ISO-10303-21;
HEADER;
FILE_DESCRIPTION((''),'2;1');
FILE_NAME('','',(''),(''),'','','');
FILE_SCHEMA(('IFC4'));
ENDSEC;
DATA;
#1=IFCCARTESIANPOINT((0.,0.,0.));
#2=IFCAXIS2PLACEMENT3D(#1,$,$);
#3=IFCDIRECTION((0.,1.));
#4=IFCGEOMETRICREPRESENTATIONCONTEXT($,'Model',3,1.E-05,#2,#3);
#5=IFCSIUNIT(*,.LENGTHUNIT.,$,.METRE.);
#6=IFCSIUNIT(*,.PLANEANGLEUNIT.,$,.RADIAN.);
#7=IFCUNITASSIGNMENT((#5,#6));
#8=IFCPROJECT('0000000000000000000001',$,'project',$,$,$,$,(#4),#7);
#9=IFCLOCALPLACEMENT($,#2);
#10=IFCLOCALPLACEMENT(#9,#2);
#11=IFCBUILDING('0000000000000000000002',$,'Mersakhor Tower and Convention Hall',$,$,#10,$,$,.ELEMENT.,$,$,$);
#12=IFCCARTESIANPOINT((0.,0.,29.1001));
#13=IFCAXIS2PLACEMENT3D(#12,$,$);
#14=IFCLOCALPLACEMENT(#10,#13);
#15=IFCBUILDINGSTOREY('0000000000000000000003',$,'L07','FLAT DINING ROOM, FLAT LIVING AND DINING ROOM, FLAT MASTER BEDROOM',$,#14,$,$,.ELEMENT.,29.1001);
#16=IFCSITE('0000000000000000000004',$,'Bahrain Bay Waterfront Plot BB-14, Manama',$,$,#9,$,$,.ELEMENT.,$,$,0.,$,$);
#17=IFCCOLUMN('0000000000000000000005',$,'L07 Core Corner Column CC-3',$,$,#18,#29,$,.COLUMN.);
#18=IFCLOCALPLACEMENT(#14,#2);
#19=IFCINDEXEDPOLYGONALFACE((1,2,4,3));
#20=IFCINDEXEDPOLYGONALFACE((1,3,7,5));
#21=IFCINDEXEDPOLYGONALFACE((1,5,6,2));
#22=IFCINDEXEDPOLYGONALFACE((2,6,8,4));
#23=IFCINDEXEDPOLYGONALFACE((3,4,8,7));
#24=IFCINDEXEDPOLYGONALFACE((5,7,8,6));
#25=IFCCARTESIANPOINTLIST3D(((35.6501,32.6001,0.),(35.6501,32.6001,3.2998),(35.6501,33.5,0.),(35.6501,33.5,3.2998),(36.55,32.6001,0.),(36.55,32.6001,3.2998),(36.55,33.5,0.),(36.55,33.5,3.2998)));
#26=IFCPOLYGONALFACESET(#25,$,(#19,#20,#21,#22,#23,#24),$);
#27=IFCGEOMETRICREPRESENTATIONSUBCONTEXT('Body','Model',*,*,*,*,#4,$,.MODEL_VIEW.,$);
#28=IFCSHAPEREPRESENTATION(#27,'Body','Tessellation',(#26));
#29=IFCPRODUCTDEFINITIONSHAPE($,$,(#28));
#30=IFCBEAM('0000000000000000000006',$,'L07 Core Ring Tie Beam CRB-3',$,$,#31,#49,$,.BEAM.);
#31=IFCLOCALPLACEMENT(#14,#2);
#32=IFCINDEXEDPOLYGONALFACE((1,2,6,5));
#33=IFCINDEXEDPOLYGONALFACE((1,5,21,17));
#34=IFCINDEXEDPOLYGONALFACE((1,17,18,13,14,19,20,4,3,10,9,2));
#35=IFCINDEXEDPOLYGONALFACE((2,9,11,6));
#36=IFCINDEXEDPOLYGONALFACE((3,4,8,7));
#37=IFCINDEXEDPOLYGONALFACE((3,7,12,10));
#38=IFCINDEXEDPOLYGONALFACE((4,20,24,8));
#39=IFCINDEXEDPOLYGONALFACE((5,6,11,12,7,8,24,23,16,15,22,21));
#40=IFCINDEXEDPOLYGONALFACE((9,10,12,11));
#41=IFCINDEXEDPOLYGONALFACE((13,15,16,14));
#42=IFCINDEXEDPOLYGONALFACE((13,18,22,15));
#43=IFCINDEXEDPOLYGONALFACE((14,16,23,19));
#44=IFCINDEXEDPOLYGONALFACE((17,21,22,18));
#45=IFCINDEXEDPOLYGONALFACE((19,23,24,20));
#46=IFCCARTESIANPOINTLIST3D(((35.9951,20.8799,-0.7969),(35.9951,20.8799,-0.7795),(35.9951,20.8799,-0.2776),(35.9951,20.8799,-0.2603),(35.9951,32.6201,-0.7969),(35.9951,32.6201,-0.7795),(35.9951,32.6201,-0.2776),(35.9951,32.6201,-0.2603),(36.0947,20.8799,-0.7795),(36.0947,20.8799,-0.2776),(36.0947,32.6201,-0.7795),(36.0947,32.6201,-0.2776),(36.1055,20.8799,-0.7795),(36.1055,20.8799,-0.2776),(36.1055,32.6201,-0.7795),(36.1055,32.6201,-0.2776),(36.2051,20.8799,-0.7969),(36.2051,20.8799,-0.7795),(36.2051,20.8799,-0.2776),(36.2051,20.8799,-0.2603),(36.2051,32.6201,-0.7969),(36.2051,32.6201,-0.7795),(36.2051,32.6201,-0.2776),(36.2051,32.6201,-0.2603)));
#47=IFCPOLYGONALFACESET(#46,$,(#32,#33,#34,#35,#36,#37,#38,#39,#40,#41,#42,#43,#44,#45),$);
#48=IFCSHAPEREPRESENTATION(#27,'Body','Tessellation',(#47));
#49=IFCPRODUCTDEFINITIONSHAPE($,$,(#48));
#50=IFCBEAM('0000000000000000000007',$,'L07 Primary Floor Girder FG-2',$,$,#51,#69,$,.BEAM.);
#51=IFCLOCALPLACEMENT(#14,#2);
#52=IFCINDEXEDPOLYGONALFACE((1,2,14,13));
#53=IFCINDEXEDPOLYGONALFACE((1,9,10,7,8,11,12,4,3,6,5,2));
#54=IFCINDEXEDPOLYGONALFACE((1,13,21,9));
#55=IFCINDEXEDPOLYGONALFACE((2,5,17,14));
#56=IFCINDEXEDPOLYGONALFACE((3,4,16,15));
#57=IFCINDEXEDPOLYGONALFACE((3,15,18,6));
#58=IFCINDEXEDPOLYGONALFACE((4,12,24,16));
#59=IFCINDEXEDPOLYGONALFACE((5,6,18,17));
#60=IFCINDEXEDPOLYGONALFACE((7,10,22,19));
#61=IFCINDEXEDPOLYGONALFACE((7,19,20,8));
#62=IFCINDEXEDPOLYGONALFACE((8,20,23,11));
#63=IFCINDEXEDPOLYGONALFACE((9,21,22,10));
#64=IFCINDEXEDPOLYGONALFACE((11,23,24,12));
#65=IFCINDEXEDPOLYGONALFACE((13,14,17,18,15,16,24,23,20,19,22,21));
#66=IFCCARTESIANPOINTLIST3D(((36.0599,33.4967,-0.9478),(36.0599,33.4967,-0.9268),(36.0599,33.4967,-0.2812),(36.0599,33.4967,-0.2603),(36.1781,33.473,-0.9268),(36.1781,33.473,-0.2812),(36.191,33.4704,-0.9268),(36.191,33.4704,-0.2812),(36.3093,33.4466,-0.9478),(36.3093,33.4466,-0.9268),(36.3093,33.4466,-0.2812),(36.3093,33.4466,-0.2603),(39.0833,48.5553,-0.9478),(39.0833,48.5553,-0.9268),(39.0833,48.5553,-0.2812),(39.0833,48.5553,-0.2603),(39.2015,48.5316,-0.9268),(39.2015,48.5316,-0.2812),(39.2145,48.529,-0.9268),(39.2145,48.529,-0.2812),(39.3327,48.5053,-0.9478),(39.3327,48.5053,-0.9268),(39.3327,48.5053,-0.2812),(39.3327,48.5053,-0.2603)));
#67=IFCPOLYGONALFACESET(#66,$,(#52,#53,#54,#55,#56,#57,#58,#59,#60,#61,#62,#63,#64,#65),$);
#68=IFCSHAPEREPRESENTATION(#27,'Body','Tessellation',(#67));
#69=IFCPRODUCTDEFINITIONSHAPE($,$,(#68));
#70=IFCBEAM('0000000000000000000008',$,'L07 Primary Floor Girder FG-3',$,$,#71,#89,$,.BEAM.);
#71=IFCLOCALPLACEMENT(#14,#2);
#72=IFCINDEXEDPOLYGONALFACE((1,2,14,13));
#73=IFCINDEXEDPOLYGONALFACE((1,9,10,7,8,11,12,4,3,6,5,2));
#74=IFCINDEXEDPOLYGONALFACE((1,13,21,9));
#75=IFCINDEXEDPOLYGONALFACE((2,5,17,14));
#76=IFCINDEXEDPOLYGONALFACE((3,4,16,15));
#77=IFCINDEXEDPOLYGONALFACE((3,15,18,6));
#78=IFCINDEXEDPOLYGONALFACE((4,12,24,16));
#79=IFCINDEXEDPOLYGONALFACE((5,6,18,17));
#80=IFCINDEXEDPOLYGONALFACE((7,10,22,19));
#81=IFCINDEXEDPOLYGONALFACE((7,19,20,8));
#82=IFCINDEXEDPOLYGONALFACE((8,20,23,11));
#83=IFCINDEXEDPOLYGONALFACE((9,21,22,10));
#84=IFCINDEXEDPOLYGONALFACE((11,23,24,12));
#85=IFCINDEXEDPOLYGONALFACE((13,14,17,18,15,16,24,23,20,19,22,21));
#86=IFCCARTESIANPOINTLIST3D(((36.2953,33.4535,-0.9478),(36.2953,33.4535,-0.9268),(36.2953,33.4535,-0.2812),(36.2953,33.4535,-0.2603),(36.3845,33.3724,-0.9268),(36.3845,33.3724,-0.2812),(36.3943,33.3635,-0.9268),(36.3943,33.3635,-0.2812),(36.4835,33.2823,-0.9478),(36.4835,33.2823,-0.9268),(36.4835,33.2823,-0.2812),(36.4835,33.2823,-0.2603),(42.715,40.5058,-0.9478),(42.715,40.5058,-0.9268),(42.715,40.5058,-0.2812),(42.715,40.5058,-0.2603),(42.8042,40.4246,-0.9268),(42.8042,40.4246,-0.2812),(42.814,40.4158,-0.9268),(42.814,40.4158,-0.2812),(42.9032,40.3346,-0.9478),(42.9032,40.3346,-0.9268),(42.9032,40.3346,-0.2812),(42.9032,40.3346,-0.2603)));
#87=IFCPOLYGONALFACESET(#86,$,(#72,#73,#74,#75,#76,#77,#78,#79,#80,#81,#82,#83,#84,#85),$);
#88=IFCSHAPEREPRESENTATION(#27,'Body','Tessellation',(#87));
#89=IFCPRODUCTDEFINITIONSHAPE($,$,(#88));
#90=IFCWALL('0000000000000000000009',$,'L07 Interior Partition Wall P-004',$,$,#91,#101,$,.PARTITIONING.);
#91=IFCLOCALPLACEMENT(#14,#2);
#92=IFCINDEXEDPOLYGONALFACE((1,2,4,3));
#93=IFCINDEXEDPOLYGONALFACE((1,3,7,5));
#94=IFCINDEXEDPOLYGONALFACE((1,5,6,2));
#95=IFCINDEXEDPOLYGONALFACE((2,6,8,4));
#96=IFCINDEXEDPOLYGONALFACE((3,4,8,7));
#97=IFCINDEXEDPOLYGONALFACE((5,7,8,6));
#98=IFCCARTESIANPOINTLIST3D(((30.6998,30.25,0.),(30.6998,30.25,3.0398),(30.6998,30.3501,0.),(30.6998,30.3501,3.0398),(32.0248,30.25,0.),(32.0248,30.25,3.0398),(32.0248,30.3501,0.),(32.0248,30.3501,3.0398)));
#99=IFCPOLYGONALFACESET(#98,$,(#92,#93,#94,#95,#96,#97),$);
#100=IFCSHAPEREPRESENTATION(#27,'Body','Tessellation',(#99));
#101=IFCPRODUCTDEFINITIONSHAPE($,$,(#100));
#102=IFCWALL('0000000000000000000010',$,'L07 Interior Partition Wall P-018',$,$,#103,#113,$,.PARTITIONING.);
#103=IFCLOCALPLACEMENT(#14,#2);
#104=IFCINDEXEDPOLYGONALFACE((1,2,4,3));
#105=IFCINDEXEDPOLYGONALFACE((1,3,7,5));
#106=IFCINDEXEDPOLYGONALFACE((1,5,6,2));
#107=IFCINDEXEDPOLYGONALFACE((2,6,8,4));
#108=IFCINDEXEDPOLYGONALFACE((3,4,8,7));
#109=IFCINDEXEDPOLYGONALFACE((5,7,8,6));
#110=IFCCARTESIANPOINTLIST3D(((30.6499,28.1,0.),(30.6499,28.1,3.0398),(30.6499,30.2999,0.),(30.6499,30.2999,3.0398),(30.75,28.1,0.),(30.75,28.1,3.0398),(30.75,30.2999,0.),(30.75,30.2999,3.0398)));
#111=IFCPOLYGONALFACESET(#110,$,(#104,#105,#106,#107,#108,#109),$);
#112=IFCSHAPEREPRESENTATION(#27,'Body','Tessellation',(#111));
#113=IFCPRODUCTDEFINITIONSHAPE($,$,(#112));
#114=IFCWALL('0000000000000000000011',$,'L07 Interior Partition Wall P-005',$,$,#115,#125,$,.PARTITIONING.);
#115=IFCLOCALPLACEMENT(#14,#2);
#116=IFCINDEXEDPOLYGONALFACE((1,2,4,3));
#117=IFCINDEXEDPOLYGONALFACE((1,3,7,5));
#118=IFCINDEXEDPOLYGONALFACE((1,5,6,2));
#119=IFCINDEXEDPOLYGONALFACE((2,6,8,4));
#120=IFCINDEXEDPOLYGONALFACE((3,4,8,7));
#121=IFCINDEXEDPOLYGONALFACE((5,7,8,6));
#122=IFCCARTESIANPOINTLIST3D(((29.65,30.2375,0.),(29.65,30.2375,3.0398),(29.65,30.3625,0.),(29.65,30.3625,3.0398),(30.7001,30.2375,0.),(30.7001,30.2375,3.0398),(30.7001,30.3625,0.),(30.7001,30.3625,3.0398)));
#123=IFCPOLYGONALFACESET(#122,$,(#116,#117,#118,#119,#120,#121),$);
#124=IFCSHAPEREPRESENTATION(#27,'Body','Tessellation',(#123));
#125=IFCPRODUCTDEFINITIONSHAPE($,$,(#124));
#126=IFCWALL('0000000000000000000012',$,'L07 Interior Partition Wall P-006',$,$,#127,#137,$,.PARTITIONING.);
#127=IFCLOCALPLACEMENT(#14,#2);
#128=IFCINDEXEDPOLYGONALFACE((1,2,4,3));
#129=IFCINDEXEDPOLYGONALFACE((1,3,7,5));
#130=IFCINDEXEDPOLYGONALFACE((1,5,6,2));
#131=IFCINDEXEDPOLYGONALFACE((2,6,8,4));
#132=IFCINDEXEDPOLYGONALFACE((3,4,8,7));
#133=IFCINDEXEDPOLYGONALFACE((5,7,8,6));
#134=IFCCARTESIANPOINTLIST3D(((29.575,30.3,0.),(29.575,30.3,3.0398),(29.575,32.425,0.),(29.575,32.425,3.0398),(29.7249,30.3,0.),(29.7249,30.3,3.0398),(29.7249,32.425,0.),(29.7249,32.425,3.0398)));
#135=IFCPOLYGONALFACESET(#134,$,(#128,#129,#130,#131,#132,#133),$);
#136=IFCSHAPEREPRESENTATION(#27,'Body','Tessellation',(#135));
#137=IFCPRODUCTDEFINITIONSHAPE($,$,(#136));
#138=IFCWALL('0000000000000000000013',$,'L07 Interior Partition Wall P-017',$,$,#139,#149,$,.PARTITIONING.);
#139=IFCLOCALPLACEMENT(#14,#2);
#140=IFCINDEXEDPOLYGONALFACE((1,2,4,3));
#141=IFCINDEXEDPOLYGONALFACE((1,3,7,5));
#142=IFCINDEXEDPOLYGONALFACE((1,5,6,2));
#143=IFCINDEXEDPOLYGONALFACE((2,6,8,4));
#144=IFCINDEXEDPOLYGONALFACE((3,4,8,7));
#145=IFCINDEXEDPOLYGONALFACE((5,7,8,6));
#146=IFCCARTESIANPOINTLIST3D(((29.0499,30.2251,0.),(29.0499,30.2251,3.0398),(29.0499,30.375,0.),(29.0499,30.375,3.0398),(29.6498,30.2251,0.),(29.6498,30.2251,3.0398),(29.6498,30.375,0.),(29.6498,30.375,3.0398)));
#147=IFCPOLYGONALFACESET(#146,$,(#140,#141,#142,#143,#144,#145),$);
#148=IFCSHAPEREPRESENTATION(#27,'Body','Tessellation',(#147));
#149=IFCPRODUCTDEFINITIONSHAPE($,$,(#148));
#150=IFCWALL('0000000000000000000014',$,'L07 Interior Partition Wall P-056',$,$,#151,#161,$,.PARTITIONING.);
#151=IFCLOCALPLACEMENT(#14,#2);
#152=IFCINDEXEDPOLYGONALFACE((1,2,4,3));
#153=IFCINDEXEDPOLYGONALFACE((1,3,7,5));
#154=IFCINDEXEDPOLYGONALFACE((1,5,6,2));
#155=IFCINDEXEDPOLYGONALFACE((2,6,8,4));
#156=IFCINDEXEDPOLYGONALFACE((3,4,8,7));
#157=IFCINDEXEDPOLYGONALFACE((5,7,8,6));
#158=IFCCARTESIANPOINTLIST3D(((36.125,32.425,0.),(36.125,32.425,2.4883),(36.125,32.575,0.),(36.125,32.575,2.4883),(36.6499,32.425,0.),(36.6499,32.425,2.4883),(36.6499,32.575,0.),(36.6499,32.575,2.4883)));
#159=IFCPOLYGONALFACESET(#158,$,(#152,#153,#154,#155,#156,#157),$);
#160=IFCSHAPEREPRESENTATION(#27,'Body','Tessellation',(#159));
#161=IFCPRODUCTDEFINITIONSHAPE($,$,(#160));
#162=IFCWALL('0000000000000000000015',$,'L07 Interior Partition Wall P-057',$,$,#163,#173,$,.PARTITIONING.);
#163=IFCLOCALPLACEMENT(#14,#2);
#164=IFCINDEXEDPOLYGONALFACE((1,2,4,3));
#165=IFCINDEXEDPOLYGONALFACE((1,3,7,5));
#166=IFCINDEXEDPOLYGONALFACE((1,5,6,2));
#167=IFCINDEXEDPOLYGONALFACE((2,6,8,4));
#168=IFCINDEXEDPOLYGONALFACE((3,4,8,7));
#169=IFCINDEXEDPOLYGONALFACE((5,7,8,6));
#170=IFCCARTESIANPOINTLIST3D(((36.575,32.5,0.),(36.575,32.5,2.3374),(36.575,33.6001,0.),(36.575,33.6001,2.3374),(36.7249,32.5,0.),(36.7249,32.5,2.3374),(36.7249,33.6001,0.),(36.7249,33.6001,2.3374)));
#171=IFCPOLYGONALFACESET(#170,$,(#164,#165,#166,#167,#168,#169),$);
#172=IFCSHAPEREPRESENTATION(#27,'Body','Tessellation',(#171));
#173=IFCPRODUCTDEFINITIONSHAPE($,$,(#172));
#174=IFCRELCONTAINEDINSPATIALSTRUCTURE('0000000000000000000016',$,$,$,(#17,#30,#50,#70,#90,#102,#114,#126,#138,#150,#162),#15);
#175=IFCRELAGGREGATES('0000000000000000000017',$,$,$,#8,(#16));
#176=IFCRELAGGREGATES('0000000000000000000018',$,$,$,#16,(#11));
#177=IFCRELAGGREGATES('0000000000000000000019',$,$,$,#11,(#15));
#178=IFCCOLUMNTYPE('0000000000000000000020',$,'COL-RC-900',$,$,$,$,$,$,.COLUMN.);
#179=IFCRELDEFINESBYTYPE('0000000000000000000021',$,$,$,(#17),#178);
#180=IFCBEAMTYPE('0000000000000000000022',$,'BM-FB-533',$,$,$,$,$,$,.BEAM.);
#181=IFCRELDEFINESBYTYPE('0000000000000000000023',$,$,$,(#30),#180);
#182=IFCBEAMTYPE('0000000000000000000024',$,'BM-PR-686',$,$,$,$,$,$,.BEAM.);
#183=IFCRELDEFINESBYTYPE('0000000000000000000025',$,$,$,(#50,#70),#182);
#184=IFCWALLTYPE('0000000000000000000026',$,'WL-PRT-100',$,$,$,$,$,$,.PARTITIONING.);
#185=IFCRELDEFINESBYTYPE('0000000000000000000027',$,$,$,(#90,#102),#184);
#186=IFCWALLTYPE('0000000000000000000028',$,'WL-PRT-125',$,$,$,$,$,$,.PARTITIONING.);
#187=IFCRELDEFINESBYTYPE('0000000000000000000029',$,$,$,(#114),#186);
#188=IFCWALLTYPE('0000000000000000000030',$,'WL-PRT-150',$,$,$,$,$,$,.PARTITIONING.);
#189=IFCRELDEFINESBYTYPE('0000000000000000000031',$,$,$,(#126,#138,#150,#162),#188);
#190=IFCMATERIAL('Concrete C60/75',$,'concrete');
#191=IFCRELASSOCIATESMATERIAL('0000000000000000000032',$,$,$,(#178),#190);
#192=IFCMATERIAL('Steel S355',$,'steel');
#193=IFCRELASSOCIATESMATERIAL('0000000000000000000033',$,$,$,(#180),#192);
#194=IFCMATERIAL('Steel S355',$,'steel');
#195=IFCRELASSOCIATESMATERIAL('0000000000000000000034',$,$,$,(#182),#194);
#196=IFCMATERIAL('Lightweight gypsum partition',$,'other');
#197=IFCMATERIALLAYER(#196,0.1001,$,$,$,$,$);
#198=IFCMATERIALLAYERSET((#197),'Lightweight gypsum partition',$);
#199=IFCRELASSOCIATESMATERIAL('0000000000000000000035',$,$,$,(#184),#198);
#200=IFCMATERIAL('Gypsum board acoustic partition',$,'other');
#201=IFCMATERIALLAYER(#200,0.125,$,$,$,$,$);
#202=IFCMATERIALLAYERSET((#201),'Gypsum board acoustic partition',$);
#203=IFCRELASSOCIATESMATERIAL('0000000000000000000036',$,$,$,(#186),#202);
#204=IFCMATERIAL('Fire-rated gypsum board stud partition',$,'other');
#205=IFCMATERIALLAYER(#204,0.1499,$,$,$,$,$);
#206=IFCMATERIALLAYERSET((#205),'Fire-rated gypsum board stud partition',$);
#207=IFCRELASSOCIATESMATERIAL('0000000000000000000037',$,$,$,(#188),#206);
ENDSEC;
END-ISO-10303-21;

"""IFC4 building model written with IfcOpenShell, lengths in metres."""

from ifc_helpers import new_model, si_unit, direction, frame, frame_2d, origin, origin_2d, place, context, subcontext, project, spatial, rectangle, i_section, extrude, material, layer, layer_set, material_profile, profile_set, type_object, element, save


model = new_model("IFC4")

# Units and contexts
model_context = context("Model", 3, precision=1e-05, world=origin(), true_north=direction((0.0, 1.0)))
body_context = subcontext(model_context, "Body", "Model", "MODEL_VIEW")
ifc_project = project(units=[si_unit("LENGTHUNIT", "METRE"), si_unit("PLANEANGLEUNIT", "RADIAN")], contexts=[model_context])

# Site, building, storey
site_placement = place(None, origin())
site = spatial("IfcSite", under=ifc_project, at=site_placement, Name="Bahrain Bay Waterfront Plot BB-14, Manama", CompositionType="ELEMENT", RefElevation=0.0)
building_placement = place(site_placement, origin())
building = spatial("IfcBuilding", under=site, at=building_placement, Name="Mersakhor Tower and Convention Hall", CompositionType="ELEMENT")
storey_placement = place(building_placement, frame((0.0, 0.0, 29.1001)))
storey = spatial("IfcBuildingStorey", under=building, at=storey_placement, Name="L07", Description="FLAT DINING ROOM, FLAT LIVING AND DINING ROOM, FLAT MASTER BEDROOM", CompositionType="ELEMENT", Elevation=29.1001)

# Column
ifc_material_1 = material(Name="Concrete C60/75", Category="concrete")
ifc_material_profile_1 = material_profile(ifc_material_1, rectangle(XDim=0.8999, YDim=0.8999, at=origin_2d()), Name="RC 900x900")
ifc_profile_set_1 = profile_set([ifc_material_profile_1], Name="Concrete C60/75")
column_type = type_object("IfcColumnType", Name="COL-RC-900", PredefinedType="COLUMN", material=ifc_profile_set_1)
column_placement = place(storey_placement, frame((36.1001, 33.05, 0.0), z_axis=(0.0, 0.0, 1.0), x_axis=(1.0, 0.0, 0.0)))
element("IfcColumn", 1, at=column_placement, inside=storey, type_object=column_type, Name="L07 Core Corner Column CC-3", PredefinedType="COLUMN", context=body_context, shape_type="SweptSolid", body=[
    extrude(rectangle(XDim=0.8999, YDim=0.8999, at=origin_2d()), origin(), (0.0, 0.0, 1.0), 3.2998),
])

# Beams
ifc_material_2 = material(Name="Steel S355", Category="steel")
ifc_material_profile_2 = material_profile(ifc_material_2, i_section(OverallWidth=0.21, OverallDepth=0.5366, WebThickness=0.0107, FlangeThickness=0.0173, at=origin_2d()), Name="UB 533x210x101")
ifc_profile_set_2 = profile_set([ifc_material_profile_2], Name="Steel S355")
beam_type_1 = type_object("IfcBeamType", Name="BM-FB-533", PredefinedType="BEAM", material=ifc_profile_set_2)
beam_1_placement = place(storey_placement, frame((36.1001, 32.6201, -0.5286), z_axis=(0.0, -1.0, 0.0), x_axis=(1.0, 0.0, 0.0)))
element("IfcBeam", 2, at=beam_1_placement, inside=storey, type_object=beam_type_1, Name="L07 Core Ring Tie Beam CRB-3", PredefinedType="BEAM", context=body_context, shape_type="SweptSolid", body=[
    extrude(i_section(OverallWidth=0.21, OverallDepth=0.5366, WebThickness=0.0107, FlangeThickness=0.0173, at=origin_2d()), origin(), (0.0, 0.0, 1.0), 11.7402),
])
ifc_material_3 = material(Name="Steel S355", Category="steel")
ifc_material_profile_3 = material_profile(ifc_material_3, i_section(OverallWidth=0.2544, OverallDepth=0.6875, WebThickness=0.0132, FlangeThickness=0.021, at=origin_2d()), Name="UB 686x254x152")
ifc_profile_set_3 = profile_set([ifc_material_profile_3], Name="Steel S355")
beam_type_2 = type_object("IfcBeamType", Name="BM-PR-686", PredefinedType="BEAM", material=ifc_profile_set_3)
beam_2_placement = place(storey_placement, frame((36.1846, 33.4717, -0.604), z_axis=(0.19685, 0.980434, 0.0), x_axis=(-0.980434, 0.19685, 0.0)))
element("IfcBeam", 3, at=beam_2_placement, inside=storey, type_object=beam_type_2, Name="L07 Primary Floor Girder FG-2", PredefinedType="BEAM", context=body_context, shape_type="SweptSolid", body=[
    extrude(i_section(OverallWidth=0.2544, OverallDepth=0.6875, WebThickness=0.0132, FlangeThickness=0.021, at=origin_2d()), origin(), (0.0, 0.0, 1.0), 15.3591),
])
beam_3_placement = place(storey_placement, frame((36.3894, 33.3679, -0.604), z_axis=(0.673163, 0.739494, 0.0), x_axis=(-0.739494, 0.673163, 0.0)))
element("IfcBeam", 4, at=beam_3_placement, inside=storey, type_object=beam_type_2, Name="L07 Primary Floor Girder FG-3", PredefinedType="BEAM", context=body_context, shape_type="SweptSolid", body=[
    extrude(i_section(OverallWidth=0.2544, OverallDepth=0.6875, WebThickness=0.0132, FlangeThickness=0.021, at=origin_2d()), origin(), (0.0, 0.0, 1.0), 9.5366),
])

# Walls
ifc_material_4 = material(Name="Lightweight gypsum partition", Category="other")
ifc_layer_1 = layer(ifc_material_4, 0.1001)
ifc_layer_set_1 = layer_set([ifc_layer_1], Name="Lightweight gypsum partition")
wall_type_1 = type_object("IfcWallType", Name="WL-PRT-100", PredefinedType="PARTITIONING", material=ifc_layer_set_1)
wall_1_placement = place(storey_placement, frame((32.0249, 30.3, 0.0), z_axis=(0.0, 0.0, 1.0), x_axis=(-1.0, 0.0, 0.0)))
element("IfcWall", 5, at=wall_1_placement, inside=storey, type_object=wall_type_1, Name="L07 Interior Partition Wall P-004", PredefinedType="PARTITIONING", context=body_context, shape_type="SweptSolid", body=[
    extrude(rectangle(XDim=1.325, YDim=0.1001, at=frame_2d((0.6626, 0.0))), origin(), (0.0, 0.0, 1.0), 3.0398),
])
wall_2_placement = place(storey_placement, frame((30.7, 30.3, 0.0), z_axis=(0.0, 0.0, 1.0), x_axis=(0.0, -1.0, 0.0)))
element("IfcWall", 6, at=wall_2_placement, inside=storey, type_object=wall_type_1, Name="L07 Interior Partition Wall P-018", PredefinedType="PARTITIONING", context=body_context, shape_type="SweptSolid", body=[
    extrude(rectangle(XDim=2.2, YDim=0.1001, at=frame_2d((1.1001, 0.0))), origin(), (0.0, 0.0, 1.0), 3.0398),
])
ifc_material_5 = material(Name="Gypsum board acoustic partition", Category="other")
ifc_layer_2 = layer(ifc_material_5, 0.125)
ifc_layer_set_2 = layer_set([ifc_layer_2], Name="Gypsum board acoustic partition")
wall_type_2 = type_object("IfcWallType", Name="WL-PRT-125", PredefinedType="PARTITIONING", material=ifc_layer_set_2)
wall_3_placement = place(storey_placement, frame((30.7, 30.3, 0.0), z_axis=(0.0, 0.0, 1.0), x_axis=(-1.0, 0.0, 0.0)))
element("IfcWall", 7, at=wall_3_placement, inside=storey, type_object=wall_type_2, Name="L07 Interior Partition Wall P-005", PredefinedType="PARTITIONING", context=body_context, shape_type="SweptSolid", body=[
    extrude(rectangle(XDim=1.05, YDim=0.125, at=frame_2d((0.5249, 0.0))), origin(), (0.0, 0.0, 1.0), 3.0398),
])
ifc_material_6 = material(Name="Fire-rated gypsum board stud partition", Category="other")
ifc_layer_3 = layer(ifc_material_6, 0.1499)
ifc_layer_set_3 = layer_set([ifc_layer_3], Name="Fire-rated gypsum board stud partition")
wall_type_3 = type_object("IfcWallType", Name="WL-PRT-150", PredefinedType="PARTITIONING", material=ifc_layer_set_3)
wall_4_placement = place(storey_placement, frame((29.6499, 30.3, 0.0), z_axis=(0.0, 0.0, 1.0), x_axis=(0.0, 1.0, 0.0)))
element("IfcWall", 8, at=wall_4_placement, inside=storey, type_object=wall_type_3, Name="L07 Interior Partition Wall P-006", PredefinedType="PARTITIONING", context=body_context, shape_type="SweptSolid", body=[
    extrude(rectangle(XDim=2.125, YDim=0.1499, at=frame_2d((1.0625, 0.0))), origin(), (0.0, 0.0, 1.0), 3.0398),
])
wall_5_placement = place(storey_placement, frame((29.05, 30.3, 0.0), z_axis=(0.0, 0.0, 1.0), x_axis=(1.0, 0.0, 0.0)))
element("IfcWall", 9, at=wall_5_placement, inside=storey, type_object=wall_type_3, Name="L07 Interior Partition Wall P-017", PredefinedType="PARTITIONING", context=body_context, shape_type="SweptSolid", body=[
    extrude(rectangle(XDim=0.5999, YDim=0.1499, at=frame_2d((0.2998, 0.0))), origin(), (0.0, 0.0, 1.0), 3.0398),
])
wall_6_placement = place(storey_placement, frame((36.125, 32.5, 0.0), z_axis=(0.0, 0.0, 1.0), x_axis=(1.0, 0.0, 0.0)))
element("IfcWall", 10, at=wall_6_placement, inside=storey, type_object=wall_type_3, Name="L07 Interior Partition Wall P-056", PredefinedType="PARTITIONING", context=body_context, shape_type="SweptSolid", body=[
    extrude(rectangle(XDim=0.5249, YDim=0.1499, at=frame_2d((0.2625, 0.0))), origin(), (0.0, 0.0, 1.0), 2.4883),
])
wall_7_placement = place(storey_placement, frame((36.6499, 32.5, 0.0), z_axis=(0.0, 0.0, 1.0), x_axis=(0.0, 1.0, 0.0)))
element("IfcWall", 11, at=wall_7_placement, inside=storey, type_object=wall_type_3, Name="L07 Interior Partition Wall P-057", PredefinedType="PARTITIONING", context=body_context, shape_type="SweptSolid", body=[
    extrude(rectangle(XDim=1.1001, YDim=0.1499, at=frame_2d((0.55, 0.0))), origin(), (0.0, 0.0, 1.0), 2.3374),
])

save(model, "model.ifc")
